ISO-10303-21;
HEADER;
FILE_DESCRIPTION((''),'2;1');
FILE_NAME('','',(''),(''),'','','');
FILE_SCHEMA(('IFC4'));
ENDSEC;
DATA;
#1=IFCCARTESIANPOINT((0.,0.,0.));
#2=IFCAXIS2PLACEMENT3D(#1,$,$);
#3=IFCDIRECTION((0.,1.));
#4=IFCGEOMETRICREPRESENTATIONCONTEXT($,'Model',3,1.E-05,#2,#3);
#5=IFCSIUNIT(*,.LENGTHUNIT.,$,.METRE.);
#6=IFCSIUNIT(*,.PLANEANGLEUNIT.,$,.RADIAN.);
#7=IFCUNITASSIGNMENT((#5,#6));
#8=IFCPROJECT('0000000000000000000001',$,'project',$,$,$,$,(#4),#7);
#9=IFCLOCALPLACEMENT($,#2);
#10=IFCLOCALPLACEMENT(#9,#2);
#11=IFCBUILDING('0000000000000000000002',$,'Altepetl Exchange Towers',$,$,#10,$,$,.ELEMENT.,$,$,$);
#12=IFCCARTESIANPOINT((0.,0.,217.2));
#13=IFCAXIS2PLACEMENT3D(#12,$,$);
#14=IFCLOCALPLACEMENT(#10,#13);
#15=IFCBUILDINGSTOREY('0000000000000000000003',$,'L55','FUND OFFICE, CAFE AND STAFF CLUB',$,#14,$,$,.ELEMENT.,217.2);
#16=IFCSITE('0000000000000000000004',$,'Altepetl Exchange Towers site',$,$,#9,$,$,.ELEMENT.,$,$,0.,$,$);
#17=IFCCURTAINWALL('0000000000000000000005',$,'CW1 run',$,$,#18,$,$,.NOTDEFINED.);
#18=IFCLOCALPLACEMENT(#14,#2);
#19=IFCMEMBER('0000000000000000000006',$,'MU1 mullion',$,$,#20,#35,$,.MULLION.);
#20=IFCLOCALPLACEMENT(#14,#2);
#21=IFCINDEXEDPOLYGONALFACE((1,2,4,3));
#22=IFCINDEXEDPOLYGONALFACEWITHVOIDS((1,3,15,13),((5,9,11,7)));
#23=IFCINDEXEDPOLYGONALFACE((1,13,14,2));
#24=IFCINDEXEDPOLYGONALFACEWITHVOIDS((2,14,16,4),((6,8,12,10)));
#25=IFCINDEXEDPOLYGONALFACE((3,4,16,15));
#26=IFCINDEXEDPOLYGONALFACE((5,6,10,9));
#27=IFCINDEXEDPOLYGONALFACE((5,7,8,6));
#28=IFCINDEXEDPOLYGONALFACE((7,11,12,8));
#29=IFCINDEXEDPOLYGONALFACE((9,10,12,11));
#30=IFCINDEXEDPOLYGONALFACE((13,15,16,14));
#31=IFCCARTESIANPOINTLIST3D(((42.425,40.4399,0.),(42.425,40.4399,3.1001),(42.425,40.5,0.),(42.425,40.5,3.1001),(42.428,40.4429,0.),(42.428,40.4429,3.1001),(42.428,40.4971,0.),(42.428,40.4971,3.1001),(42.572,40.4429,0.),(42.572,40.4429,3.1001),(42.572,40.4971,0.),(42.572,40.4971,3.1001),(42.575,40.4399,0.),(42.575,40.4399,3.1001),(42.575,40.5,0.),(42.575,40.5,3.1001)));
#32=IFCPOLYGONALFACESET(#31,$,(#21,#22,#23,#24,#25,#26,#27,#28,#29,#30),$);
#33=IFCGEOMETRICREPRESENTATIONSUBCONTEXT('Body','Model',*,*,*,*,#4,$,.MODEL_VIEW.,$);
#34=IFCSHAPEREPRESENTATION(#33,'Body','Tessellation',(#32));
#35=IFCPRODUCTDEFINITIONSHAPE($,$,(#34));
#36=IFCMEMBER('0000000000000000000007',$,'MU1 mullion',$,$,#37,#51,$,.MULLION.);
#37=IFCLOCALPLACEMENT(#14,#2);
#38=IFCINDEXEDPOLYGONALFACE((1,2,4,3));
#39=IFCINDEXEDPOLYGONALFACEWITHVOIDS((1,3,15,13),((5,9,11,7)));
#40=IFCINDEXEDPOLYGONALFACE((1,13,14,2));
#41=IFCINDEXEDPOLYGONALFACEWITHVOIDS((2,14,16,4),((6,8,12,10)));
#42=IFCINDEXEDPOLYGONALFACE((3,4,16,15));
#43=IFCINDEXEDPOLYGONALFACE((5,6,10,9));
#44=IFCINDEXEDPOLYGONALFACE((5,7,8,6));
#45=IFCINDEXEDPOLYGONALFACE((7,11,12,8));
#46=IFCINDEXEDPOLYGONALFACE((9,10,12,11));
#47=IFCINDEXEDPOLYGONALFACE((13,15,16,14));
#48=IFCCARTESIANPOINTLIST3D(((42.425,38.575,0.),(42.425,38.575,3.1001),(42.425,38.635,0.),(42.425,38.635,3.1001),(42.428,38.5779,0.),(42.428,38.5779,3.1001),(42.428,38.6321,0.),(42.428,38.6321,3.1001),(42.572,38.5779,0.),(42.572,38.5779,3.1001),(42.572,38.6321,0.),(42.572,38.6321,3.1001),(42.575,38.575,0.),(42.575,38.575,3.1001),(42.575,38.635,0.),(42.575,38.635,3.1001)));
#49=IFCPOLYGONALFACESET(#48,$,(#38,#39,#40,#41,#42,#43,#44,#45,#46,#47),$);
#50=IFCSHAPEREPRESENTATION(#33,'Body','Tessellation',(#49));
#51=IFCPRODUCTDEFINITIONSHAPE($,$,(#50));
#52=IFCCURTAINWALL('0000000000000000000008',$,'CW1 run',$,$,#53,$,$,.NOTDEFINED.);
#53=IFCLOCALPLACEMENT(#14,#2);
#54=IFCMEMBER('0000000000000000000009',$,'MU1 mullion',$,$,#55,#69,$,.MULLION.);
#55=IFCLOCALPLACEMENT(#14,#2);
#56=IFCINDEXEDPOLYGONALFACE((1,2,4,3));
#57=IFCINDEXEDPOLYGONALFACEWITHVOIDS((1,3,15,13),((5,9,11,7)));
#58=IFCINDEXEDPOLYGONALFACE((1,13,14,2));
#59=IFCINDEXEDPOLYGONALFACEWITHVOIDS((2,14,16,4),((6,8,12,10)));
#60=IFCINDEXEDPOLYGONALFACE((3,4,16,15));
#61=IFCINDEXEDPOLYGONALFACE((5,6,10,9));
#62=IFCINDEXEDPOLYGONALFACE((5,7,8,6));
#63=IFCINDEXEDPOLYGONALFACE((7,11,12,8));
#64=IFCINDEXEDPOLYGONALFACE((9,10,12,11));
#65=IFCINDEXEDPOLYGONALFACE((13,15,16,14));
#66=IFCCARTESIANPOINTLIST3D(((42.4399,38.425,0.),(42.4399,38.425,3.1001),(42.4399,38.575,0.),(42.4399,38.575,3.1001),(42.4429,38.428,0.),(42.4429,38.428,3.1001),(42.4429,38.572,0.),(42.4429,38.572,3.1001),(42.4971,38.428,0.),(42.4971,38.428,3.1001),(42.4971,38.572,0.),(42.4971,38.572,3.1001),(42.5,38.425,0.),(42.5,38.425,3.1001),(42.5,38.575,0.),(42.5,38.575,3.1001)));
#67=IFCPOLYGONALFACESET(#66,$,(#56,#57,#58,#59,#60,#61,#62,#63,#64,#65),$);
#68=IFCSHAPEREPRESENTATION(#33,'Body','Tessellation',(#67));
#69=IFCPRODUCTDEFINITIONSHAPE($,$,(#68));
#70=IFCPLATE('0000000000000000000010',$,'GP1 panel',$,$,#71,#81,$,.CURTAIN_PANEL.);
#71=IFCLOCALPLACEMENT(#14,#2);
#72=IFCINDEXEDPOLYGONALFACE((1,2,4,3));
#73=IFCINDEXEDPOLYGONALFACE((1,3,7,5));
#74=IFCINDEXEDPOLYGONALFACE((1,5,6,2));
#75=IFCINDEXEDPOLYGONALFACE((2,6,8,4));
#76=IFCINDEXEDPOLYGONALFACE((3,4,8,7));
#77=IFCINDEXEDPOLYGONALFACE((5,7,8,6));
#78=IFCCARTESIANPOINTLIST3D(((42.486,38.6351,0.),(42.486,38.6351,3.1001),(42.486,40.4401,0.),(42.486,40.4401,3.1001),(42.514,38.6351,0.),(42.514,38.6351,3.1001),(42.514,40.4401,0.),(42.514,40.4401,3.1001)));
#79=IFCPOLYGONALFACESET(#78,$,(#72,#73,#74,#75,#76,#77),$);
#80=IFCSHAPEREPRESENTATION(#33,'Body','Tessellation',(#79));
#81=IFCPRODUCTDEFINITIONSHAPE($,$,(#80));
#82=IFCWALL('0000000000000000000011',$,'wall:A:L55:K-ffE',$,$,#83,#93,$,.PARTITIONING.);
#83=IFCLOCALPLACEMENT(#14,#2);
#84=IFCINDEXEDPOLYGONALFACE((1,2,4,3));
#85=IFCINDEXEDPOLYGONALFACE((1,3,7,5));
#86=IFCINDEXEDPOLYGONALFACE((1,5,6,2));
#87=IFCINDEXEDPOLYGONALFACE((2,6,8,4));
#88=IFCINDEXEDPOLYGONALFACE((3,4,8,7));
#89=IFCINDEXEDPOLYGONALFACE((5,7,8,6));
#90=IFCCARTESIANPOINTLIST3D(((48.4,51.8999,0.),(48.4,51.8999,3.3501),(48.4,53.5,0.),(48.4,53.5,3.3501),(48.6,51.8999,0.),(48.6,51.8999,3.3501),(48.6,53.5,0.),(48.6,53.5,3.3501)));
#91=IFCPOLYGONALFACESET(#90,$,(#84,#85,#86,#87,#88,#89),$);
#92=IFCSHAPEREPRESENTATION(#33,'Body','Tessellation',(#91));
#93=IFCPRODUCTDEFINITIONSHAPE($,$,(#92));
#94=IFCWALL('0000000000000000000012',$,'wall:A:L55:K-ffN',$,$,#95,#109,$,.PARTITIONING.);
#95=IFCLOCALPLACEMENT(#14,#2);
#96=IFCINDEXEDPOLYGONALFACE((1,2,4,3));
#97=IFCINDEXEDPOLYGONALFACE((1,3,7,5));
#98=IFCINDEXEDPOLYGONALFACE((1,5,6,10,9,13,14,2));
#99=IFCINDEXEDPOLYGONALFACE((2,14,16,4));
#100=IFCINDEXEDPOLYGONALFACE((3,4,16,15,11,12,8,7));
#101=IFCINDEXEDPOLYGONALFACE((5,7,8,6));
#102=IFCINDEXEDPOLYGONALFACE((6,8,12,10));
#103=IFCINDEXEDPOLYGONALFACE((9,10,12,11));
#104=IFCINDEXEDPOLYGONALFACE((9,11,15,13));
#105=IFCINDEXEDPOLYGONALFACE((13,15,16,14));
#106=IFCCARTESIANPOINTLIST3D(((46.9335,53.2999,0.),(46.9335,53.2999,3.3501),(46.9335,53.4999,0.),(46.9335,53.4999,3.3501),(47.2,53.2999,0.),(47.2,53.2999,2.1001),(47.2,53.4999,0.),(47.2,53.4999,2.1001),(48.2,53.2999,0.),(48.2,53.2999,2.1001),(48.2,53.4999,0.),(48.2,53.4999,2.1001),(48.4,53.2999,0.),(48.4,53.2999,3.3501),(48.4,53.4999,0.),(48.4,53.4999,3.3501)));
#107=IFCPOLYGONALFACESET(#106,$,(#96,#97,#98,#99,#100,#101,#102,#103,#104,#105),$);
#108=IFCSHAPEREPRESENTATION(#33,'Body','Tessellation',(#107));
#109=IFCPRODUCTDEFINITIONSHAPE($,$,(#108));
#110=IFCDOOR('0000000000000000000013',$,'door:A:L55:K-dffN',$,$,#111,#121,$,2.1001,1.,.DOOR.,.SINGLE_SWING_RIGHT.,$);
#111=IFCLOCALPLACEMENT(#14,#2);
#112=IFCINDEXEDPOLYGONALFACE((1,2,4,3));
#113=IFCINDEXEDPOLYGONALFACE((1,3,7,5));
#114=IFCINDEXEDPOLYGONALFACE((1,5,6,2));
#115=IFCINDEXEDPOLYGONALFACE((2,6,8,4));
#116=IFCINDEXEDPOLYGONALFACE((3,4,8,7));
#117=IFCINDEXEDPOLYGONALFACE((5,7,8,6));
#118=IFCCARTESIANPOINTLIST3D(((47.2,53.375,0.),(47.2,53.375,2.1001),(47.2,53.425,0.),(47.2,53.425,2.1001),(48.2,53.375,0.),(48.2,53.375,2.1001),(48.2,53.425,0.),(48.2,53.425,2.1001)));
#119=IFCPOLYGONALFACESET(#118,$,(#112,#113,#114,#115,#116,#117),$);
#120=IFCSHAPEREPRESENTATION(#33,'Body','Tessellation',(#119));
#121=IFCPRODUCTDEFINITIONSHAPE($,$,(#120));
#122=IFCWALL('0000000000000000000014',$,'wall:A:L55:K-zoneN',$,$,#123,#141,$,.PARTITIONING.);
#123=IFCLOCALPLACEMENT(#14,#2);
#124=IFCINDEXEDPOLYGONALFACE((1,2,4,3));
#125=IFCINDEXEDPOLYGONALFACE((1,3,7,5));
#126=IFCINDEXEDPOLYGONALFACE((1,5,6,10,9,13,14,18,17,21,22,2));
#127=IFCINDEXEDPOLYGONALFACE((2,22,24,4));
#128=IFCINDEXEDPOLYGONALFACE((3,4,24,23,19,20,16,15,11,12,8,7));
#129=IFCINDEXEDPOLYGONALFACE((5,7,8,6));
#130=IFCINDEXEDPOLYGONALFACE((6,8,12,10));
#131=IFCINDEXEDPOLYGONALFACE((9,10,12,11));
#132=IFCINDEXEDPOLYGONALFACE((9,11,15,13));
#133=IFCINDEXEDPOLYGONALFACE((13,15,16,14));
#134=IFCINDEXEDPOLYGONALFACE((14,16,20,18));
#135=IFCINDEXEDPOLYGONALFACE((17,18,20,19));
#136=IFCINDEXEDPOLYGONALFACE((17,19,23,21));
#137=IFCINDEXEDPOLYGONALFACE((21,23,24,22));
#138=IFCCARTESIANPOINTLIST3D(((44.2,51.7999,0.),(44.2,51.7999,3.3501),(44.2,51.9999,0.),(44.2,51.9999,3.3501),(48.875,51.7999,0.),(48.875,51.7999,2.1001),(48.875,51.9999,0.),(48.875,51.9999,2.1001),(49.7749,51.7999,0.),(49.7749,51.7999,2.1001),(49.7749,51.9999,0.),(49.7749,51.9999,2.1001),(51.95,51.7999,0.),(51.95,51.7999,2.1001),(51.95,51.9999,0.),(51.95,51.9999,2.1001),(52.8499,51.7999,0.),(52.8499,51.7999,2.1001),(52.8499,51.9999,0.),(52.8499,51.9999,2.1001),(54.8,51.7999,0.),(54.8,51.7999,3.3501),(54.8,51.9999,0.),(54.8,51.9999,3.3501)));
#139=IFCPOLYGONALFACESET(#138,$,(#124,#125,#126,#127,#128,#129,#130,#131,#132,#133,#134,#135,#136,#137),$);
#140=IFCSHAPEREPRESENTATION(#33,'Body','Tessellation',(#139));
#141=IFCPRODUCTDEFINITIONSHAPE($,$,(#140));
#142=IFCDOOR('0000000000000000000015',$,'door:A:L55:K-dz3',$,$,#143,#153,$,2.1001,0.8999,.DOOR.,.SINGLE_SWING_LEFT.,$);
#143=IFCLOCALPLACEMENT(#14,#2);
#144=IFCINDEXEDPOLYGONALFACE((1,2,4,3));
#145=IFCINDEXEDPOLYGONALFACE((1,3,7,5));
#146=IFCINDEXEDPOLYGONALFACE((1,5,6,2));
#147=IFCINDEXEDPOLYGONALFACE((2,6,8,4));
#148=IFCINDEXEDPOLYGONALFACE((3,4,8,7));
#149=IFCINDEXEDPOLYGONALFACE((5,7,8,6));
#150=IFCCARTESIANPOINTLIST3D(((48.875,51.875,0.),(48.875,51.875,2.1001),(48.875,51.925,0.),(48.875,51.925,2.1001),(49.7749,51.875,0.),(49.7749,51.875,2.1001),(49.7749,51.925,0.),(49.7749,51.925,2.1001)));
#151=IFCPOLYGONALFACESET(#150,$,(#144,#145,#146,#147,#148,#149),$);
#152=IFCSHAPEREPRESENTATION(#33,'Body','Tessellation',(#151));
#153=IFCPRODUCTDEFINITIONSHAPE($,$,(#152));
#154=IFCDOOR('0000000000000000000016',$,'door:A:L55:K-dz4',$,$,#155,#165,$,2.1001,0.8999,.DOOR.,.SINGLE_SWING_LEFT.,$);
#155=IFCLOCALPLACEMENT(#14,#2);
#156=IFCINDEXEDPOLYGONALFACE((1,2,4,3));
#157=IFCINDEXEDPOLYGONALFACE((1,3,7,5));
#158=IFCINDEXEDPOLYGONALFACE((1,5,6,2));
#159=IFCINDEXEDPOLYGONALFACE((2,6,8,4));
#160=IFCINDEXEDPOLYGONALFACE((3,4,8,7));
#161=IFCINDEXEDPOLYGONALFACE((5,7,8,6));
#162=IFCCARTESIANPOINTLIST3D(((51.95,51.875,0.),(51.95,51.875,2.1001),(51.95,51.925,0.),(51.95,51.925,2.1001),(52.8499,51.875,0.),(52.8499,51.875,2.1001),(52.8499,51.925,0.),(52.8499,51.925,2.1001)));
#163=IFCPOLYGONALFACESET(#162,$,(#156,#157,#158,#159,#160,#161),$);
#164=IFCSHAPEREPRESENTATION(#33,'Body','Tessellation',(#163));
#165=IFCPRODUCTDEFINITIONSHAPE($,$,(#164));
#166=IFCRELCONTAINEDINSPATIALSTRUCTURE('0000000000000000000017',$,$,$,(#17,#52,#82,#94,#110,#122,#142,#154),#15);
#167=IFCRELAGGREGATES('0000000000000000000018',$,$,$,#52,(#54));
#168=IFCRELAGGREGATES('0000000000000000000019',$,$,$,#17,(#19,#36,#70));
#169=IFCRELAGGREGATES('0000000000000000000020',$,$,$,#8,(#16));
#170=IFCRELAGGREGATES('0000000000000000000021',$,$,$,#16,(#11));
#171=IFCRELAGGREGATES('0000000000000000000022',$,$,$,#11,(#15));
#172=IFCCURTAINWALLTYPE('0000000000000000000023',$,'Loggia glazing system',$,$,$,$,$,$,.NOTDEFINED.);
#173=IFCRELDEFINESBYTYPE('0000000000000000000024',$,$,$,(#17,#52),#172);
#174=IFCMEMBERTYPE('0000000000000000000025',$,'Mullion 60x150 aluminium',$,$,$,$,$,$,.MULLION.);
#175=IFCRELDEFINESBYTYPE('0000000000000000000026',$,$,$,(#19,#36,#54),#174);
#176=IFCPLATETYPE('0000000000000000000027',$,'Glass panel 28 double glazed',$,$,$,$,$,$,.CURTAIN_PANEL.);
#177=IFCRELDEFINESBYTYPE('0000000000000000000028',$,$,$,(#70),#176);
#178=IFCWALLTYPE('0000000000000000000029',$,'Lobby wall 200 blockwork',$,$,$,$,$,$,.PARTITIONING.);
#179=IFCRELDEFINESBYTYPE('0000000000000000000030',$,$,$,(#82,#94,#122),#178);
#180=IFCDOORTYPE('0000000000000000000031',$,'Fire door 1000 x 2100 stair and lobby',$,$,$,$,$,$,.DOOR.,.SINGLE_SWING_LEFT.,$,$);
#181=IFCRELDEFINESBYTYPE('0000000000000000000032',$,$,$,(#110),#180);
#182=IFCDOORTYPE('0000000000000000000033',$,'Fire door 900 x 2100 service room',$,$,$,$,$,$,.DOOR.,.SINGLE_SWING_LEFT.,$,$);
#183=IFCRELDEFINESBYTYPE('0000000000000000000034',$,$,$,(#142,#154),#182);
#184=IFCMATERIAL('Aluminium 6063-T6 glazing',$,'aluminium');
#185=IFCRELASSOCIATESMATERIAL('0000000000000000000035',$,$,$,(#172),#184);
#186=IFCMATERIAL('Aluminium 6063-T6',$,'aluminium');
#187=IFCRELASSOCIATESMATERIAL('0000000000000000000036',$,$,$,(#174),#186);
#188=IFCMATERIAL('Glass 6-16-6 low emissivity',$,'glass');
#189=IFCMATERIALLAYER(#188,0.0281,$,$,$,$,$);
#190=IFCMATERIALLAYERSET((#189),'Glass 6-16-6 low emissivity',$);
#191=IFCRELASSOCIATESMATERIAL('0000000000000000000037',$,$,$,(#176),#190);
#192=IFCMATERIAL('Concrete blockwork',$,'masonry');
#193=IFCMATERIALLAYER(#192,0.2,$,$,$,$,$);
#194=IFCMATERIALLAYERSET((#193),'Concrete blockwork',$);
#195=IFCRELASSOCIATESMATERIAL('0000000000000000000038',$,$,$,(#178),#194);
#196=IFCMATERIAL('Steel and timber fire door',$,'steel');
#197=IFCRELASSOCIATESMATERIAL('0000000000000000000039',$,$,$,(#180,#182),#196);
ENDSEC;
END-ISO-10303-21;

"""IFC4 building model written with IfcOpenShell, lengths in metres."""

from ifc_helpers import new_model, si_unit, direction, frame, frame_2d, origin, origin_2d, place, context, subcontext, project, spatial, rectangle, hollow_rectangle, extrude, material, layer, layer_set, material_profile, profile_set, type_object, element, fill, aggregate, save


model = new_model("IFC4")

# Units and contexts
model_context = context("Model", 3, precision=1e-05, world=origin(), true_north=direction((0.0, 1.0)))
body_context = subcontext(model_context, "Body", "Model", "MODEL_VIEW")
ifc_project = project(units=[si_unit("LENGTHUNIT", "METRE"), si_unit("PLANEANGLEUNIT", "RADIAN")], contexts=[model_context])

# Site, building, storey
site_placement = place(None, origin())
site = spatial("IfcSite", under=ifc_project, at=site_placement, Name="Altepetl Exchange Towers site", CompositionType="ELEMENT", RefElevation=0.0)
building_placement = place(site_placement, origin())
building = spatial("IfcBuilding", under=site, at=building_placement, Name="Altepetl Exchange Towers", CompositionType="ELEMENT")
storey_placement = place(building_placement, frame((0.0, 0.0, 217.2)))
storey = spatial("IfcBuildingStorey", under=building, at=storey_placement, Name="L55", Description="FUND OFFICE, CAFE AND STAFF CLUB", CompositionType="ELEMENT", Elevation=217.2)

# Curtain wall, members
ifc_material_1 = material(Name="Aluminium 6063-T6 glazing", Category="aluminium")
curtain_wall_type = type_object("IfcCurtainWallType", Name="Loggia glazing system", PredefinedType="NOTDEFINED", material=ifc_material_1)
curtain_wall_1_placement = place(storey_placement, origin())
curtain_wall_1 = element("IfcCurtainWall", 1, at=curtain_wall_1_placement, inside=storey, type_object=curtain_wall_type, Name="CW1 run", PredefinedType="NOTDEFINED")
ifc_material_2 = material(Name="Aluminium 6063-T6", Category="aluminium")
ifc_material_profile = material_profile(ifc_material_2, hollow_rectangle(XDim=0.0601, YDim=0.1499, WallThickness=0.0029, at=origin_2d()), Name="Mullion 60x150 aluminium")
ifc_profile_set = profile_set([ifc_material_profile], Name="Aluminium 6063-T6")
member_type = type_object("IfcMemberType", Name="Mullion 60x150 aluminium", PredefinedType="MULLION", material=ifc_profile_set)
member_1_placement = place(storey_placement, frame((42.5, 40.47, 0.0), z_axis=(0.0, 0.0, 1.0), x_axis=(0.0, -1.0, 0.0)))
member_1 = element("IfcMember", 2, at=member_1_placement, type_object=member_type, Name="MU1 mullion", PredefinedType="MULLION", context=body_context, shape_type="SweptSolid", body=[
    extrude(hollow_rectangle(XDim=0.0601, YDim=0.1499, WallThickness=0.0029, at=origin_2d()), origin(), (0.0, 0.0, 1.0), 3.1001),
])
member_2_placement = place(storey_placement, frame((42.5, 38.605, 0.0), z_axis=(0.0, 0.0, 1.0), x_axis=(0.0, -1.0, 0.0)))
member_2 = element("IfcMember", 3, at=member_2_placement, type_object=member_type, Name="MU1 mullion", PredefinedType="MULLION", context=body_context, shape_type="SweptSolid", body=[
    extrude(hollow_rectangle(XDim=0.0601, YDim=0.1499, WallThickness=0.0029, at=origin_2d()), origin(), (0.0, 0.0, 1.0), 3.1001),
])

# Curtain wall, member
curtain_wall_2_placement = place(storey_placement, origin())
curtain_wall_2 = element("IfcCurtainWall", 4, at=curtain_wall_2_placement, inside=storey, type_object=curtain_wall_type, Name="CW1 run", PredefinedType="NOTDEFINED")
member_3_placement = place(storey_placement, frame((42.47, 38.5, 0.0), z_axis=(0.0, 0.0, 1.0), x_axis=(-1.0, 0.0, 0.0)))
member_3 = element("IfcMember", 5, at=member_3_placement, type_object=member_type, Name="MU1 mullion", PredefinedType="MULLION", context=body_context, shape_type="SweptSolid", body=[
    extrude(hollow_rectangle(XDim=0.0601, YDim=0.1499, WallThickness=0.0029, at=origin_2d()), origin(), (0.0, 0.0, 1.0), 3.1001),
])
aggregate(curtain_wall_2, [member_3])

# Plate
ifc_material_3 = material(Name="Glass 6-16-6 low emissivity", Category="glass")
ifc_layer_1 = layer(ifc_material_3, 0.0281)
ifc_layer_set_1 = layer_set([ifc_layer_1], Name="Glass 6-16-6 low emissivity")
plate_type = type_object("IfcPlateType", Name="Glass panel 28 double glazed", PredefinedType="CURTAIN_PANEL", material=ifc_layer_set_1)
plate_placement = place(storey_placement, frame((42.5, 39.5376, 0.0), z_axis=(0.0, 0.0, 1.0), x_axis=(0.0, -1.0, 0.0)))
plate = element("IfcPlate", 6, at=plate_placement, type_object=plate_type, Name="GP1 panel", PredefinedType="CURTAIN_PANEL", context=body_context, shape_type="SweptSolid", body=[
    extrude(rectangle(XDim=1.8049, YDim=0.0281, at=origin_2d()), origin(), (0.0, 0.0, 1.0), 3.1001),
])
aggregate(curtain_wall_1, [member_1, member_2, plate])

# Wall
ifc_material_4 = material(Name="Concrete blockwork", Category="masonry")
ifc_layer_2 = layer(ifc_material_4, 0.2)
ifc_layer_set_2 = layer_set([ifc_layer_2], Name="Concrete blockwork")
wall_type_1 = type_object("IfcWallType", Name="Lobby wall 200 blockwork", PredefinedType="PARTITIONING", material=ifc_layer_set_2)
wall_1_placement = place(storey_placement, frame((48.5, 51.8999, 0.0), z_axis=(0.0, 0.0, 1.0), x_axis=(0.0, 1.0, 0.0)))
element("IfcWall", 7, at=wall_1_placement, inside=storey, type_object=wall_type_1, Name="wall:A:L55:K-ffE", PredefinedType="PARTITIONING", context=body_context, shape_type="SweptSolid", body=[
    extrude(rectangle(XDim=1.6001, YDim=0.2, at=frame_2d((0.8, 0.0))), origin(), (0.0, 0.0, 1.0), 3.3501),
])

# Wall, opening, door
wall_2_placement = place(storey_placement, frame((46.9333, 53.3999, 0.0)))
wall_2 = element("IfcWall", 8, at=wall_2_placement, inside=storey, type_object=wall_type_1, Name="wall:A:L55:K-ffN", PredefinedType="PARTITIONING", context=body_context, shape_type="SweptSolid", body=[
    extrude(rectangle(XDim=1.4666, YDim=0.2, at=frame_2d((0.7334, 0.0))), origin(), (0.0, 0.0, 1.0), 3.3501),
])
opening_1_placement = place(wall_2_placement, frame((0.2666, 0.0, 0.0)))
opening_1 = element("IfcOpeningElement", 9, at=opening_1_placement, cuts=wall_2, PredefinedType="OPENING", context=body_context, shape_type="SweptSolid", body=[
    extrude(rectangle(XDim=1.0, YDim=2.1001, at=frame_2d((0.5, 1.05))), frame((0.0, 0.1099, 0.0), z_axis=(0.0, -1.0, 0.0), x_axis=(1.0, 0.0, 0.0)), (0.0, 0.0, 1.0), 0.22),
])
ifc_material_5 = material(Name="Steel and timber fire door", Category="steel")
door_type_1 = type_object("IfcDoorType", Name="Fire door 1000 x 2100 stair and lobby", OperationType="SINGLE_SWING_LEFT", PredefinedType="DOOR", material=ifc_material_5)
door_1_placement = place(opening_1_placement, frame((1.0, 0.0, 0.0), x_axis=(-1.0, 0.0, 0.0)))
door_1 = element("IfcDoor", 10, at=door_1_placement, inside=storey, type_object=door_type_1, Name="door:A:L55:K-dffN", OperationType="SINGLE_SWING_RIGHT", OverallHeight=2.1001, OverallWidth=1.0, PredefinedType="DOOR", context=body_context, shape_type="SweptSolid", body=[
    extrude(rectangle(XDim=1.0, YDim=2.1001, at=frame_2d((0.5, 1.05))), frame((0.0, 0.0249, 0.0), z_axis=(0.0, -1.0, 0.0), x_axis=(1.0, 0.0, 0.0)), (0.0, 0.0, 1.0), 0.05),
])
fill(opening_1, door_1)

# Wall, openings, doors
wall_3_placement = place(storey_placement, frame((44.2, 51.8999, 0.0)))
wall_3 = element("IfcWall", 11, at=wall_3_placement, inside=storey, type_object=wall_type_1, Name="wall:A:L55:K-zoneN", PredefinedType="PARTITIONING", context=body_context, shape_type="SweptSolid", body=[
    extrude(rectangle(XDim=10.6001, YDim=0.2, at=frame_2d((5.3, 0.0))), origin(), (0.0, 0.0, 1.0), 3.3501),
])
opening_2_placement = place(wall_3_placement, frame((4.675, 0.0, 0.0)))
opening_2 = element("IfcOpeningElement", 12, at=opening_2_placement, cuts=wall_3, PredefinedType="OPENING", context=body_context, shape_type="SweptSolid", body=[
    extrude(rectangle(XDim=0.8999, YDim=2.1001, at=frame_2d((0.45, 1.05))), frame((0.0, 0.1099, 0.0), z_axis=(0.0, -1.0, 0.0), x_axis=(1.0, 0.0, 0.0)), (0.0, 0.0, 1.0), 0.22),
])
opening_3_placement = place(wall_3_placement, frame((7.75, 0.0, 0.0)))
opening_3 = element("IfcOpeningElement", 13, at=opening_3_placement, cuts=wall_3, PredefinedType="OPENING", context=body_context, shape_type="SweptSolid", body=[
    extrude(rectangle(XDim=0.8999, YDim=2.1001, at=frame_2d((0.45, 1.05))), frame((0.0, 0.1099, 0.0), z_axis=(0.0, -1.0, 0.0), x_axis=(1.0, 0.0, 0.0)), (0.0, 0.0, 1.0), 0.22),
])
door_type_2 = type_object("IfcDoorType", Name="Fire door 900 x 2100 service room", OperationType="SINGLE_SWING_LEFT", PredefinedType="DOOR", material=ifc_material_5)
door_2_placement = place(opening_2_placement, frame((0.8999, 0.0, 0.0), x_axis=(-1.0, 0.0, 0.0)))
door_2 = element("IfcDoor", 14, at=door_2_placement, inside=storey, type_object=door_type_2, Name="door:A:L55:K-dz3", OperationType="SINGLE_SWING_LEFT", OverallHeight=2.1001, OverallWidth=0.8999, PredefinedType="DOOR", context=body_context, shape_type="SweptSolid", body=[
    extrude(rectangle(XDim=0.8999, YDim=2.1001, at=frame_2d((0.45, 1.05))), frame((0.0, 0.0249, 0.0), z_axis=(0.0, -1.0, 0.0), x_axis=(1.0, 0.0, 0.0)), (0.0, 0.0, 1.0), 0.05),
])
fill(opening_2, door_2)
door_3_placement = place(opening_3_placement, frame((0.8999, 0.0, 0.0), x_axis=(-1.0, 0.0, 0.0)))
door_3 = element("IfcDoor", 15, at=door_3_placement, inside=storey, type_object=door_type_2, Name="door:A:L55:K-dz4", OperationType="SINGLE_SWING_LEFT", OverallHeight=2.1001, OverallWidth=0.8999, PredefinedType="DOOR", context=body_context, shape_type="SweptSolid", body=[
    extrude(rectangle(XDim=0.8999, YDim=2.1001, at=frame_2d((0.45, 1.05))), frame((0.0, 0.0249, 0.0), z_axis=(0.0, -1.0, 0.0), x_axis=(1.0, 0.0, 0.0)), (0.0, 0.0, 1.0), 0.05),
])
fill(opening_3, door_3)

save(model, "model.ifc")
